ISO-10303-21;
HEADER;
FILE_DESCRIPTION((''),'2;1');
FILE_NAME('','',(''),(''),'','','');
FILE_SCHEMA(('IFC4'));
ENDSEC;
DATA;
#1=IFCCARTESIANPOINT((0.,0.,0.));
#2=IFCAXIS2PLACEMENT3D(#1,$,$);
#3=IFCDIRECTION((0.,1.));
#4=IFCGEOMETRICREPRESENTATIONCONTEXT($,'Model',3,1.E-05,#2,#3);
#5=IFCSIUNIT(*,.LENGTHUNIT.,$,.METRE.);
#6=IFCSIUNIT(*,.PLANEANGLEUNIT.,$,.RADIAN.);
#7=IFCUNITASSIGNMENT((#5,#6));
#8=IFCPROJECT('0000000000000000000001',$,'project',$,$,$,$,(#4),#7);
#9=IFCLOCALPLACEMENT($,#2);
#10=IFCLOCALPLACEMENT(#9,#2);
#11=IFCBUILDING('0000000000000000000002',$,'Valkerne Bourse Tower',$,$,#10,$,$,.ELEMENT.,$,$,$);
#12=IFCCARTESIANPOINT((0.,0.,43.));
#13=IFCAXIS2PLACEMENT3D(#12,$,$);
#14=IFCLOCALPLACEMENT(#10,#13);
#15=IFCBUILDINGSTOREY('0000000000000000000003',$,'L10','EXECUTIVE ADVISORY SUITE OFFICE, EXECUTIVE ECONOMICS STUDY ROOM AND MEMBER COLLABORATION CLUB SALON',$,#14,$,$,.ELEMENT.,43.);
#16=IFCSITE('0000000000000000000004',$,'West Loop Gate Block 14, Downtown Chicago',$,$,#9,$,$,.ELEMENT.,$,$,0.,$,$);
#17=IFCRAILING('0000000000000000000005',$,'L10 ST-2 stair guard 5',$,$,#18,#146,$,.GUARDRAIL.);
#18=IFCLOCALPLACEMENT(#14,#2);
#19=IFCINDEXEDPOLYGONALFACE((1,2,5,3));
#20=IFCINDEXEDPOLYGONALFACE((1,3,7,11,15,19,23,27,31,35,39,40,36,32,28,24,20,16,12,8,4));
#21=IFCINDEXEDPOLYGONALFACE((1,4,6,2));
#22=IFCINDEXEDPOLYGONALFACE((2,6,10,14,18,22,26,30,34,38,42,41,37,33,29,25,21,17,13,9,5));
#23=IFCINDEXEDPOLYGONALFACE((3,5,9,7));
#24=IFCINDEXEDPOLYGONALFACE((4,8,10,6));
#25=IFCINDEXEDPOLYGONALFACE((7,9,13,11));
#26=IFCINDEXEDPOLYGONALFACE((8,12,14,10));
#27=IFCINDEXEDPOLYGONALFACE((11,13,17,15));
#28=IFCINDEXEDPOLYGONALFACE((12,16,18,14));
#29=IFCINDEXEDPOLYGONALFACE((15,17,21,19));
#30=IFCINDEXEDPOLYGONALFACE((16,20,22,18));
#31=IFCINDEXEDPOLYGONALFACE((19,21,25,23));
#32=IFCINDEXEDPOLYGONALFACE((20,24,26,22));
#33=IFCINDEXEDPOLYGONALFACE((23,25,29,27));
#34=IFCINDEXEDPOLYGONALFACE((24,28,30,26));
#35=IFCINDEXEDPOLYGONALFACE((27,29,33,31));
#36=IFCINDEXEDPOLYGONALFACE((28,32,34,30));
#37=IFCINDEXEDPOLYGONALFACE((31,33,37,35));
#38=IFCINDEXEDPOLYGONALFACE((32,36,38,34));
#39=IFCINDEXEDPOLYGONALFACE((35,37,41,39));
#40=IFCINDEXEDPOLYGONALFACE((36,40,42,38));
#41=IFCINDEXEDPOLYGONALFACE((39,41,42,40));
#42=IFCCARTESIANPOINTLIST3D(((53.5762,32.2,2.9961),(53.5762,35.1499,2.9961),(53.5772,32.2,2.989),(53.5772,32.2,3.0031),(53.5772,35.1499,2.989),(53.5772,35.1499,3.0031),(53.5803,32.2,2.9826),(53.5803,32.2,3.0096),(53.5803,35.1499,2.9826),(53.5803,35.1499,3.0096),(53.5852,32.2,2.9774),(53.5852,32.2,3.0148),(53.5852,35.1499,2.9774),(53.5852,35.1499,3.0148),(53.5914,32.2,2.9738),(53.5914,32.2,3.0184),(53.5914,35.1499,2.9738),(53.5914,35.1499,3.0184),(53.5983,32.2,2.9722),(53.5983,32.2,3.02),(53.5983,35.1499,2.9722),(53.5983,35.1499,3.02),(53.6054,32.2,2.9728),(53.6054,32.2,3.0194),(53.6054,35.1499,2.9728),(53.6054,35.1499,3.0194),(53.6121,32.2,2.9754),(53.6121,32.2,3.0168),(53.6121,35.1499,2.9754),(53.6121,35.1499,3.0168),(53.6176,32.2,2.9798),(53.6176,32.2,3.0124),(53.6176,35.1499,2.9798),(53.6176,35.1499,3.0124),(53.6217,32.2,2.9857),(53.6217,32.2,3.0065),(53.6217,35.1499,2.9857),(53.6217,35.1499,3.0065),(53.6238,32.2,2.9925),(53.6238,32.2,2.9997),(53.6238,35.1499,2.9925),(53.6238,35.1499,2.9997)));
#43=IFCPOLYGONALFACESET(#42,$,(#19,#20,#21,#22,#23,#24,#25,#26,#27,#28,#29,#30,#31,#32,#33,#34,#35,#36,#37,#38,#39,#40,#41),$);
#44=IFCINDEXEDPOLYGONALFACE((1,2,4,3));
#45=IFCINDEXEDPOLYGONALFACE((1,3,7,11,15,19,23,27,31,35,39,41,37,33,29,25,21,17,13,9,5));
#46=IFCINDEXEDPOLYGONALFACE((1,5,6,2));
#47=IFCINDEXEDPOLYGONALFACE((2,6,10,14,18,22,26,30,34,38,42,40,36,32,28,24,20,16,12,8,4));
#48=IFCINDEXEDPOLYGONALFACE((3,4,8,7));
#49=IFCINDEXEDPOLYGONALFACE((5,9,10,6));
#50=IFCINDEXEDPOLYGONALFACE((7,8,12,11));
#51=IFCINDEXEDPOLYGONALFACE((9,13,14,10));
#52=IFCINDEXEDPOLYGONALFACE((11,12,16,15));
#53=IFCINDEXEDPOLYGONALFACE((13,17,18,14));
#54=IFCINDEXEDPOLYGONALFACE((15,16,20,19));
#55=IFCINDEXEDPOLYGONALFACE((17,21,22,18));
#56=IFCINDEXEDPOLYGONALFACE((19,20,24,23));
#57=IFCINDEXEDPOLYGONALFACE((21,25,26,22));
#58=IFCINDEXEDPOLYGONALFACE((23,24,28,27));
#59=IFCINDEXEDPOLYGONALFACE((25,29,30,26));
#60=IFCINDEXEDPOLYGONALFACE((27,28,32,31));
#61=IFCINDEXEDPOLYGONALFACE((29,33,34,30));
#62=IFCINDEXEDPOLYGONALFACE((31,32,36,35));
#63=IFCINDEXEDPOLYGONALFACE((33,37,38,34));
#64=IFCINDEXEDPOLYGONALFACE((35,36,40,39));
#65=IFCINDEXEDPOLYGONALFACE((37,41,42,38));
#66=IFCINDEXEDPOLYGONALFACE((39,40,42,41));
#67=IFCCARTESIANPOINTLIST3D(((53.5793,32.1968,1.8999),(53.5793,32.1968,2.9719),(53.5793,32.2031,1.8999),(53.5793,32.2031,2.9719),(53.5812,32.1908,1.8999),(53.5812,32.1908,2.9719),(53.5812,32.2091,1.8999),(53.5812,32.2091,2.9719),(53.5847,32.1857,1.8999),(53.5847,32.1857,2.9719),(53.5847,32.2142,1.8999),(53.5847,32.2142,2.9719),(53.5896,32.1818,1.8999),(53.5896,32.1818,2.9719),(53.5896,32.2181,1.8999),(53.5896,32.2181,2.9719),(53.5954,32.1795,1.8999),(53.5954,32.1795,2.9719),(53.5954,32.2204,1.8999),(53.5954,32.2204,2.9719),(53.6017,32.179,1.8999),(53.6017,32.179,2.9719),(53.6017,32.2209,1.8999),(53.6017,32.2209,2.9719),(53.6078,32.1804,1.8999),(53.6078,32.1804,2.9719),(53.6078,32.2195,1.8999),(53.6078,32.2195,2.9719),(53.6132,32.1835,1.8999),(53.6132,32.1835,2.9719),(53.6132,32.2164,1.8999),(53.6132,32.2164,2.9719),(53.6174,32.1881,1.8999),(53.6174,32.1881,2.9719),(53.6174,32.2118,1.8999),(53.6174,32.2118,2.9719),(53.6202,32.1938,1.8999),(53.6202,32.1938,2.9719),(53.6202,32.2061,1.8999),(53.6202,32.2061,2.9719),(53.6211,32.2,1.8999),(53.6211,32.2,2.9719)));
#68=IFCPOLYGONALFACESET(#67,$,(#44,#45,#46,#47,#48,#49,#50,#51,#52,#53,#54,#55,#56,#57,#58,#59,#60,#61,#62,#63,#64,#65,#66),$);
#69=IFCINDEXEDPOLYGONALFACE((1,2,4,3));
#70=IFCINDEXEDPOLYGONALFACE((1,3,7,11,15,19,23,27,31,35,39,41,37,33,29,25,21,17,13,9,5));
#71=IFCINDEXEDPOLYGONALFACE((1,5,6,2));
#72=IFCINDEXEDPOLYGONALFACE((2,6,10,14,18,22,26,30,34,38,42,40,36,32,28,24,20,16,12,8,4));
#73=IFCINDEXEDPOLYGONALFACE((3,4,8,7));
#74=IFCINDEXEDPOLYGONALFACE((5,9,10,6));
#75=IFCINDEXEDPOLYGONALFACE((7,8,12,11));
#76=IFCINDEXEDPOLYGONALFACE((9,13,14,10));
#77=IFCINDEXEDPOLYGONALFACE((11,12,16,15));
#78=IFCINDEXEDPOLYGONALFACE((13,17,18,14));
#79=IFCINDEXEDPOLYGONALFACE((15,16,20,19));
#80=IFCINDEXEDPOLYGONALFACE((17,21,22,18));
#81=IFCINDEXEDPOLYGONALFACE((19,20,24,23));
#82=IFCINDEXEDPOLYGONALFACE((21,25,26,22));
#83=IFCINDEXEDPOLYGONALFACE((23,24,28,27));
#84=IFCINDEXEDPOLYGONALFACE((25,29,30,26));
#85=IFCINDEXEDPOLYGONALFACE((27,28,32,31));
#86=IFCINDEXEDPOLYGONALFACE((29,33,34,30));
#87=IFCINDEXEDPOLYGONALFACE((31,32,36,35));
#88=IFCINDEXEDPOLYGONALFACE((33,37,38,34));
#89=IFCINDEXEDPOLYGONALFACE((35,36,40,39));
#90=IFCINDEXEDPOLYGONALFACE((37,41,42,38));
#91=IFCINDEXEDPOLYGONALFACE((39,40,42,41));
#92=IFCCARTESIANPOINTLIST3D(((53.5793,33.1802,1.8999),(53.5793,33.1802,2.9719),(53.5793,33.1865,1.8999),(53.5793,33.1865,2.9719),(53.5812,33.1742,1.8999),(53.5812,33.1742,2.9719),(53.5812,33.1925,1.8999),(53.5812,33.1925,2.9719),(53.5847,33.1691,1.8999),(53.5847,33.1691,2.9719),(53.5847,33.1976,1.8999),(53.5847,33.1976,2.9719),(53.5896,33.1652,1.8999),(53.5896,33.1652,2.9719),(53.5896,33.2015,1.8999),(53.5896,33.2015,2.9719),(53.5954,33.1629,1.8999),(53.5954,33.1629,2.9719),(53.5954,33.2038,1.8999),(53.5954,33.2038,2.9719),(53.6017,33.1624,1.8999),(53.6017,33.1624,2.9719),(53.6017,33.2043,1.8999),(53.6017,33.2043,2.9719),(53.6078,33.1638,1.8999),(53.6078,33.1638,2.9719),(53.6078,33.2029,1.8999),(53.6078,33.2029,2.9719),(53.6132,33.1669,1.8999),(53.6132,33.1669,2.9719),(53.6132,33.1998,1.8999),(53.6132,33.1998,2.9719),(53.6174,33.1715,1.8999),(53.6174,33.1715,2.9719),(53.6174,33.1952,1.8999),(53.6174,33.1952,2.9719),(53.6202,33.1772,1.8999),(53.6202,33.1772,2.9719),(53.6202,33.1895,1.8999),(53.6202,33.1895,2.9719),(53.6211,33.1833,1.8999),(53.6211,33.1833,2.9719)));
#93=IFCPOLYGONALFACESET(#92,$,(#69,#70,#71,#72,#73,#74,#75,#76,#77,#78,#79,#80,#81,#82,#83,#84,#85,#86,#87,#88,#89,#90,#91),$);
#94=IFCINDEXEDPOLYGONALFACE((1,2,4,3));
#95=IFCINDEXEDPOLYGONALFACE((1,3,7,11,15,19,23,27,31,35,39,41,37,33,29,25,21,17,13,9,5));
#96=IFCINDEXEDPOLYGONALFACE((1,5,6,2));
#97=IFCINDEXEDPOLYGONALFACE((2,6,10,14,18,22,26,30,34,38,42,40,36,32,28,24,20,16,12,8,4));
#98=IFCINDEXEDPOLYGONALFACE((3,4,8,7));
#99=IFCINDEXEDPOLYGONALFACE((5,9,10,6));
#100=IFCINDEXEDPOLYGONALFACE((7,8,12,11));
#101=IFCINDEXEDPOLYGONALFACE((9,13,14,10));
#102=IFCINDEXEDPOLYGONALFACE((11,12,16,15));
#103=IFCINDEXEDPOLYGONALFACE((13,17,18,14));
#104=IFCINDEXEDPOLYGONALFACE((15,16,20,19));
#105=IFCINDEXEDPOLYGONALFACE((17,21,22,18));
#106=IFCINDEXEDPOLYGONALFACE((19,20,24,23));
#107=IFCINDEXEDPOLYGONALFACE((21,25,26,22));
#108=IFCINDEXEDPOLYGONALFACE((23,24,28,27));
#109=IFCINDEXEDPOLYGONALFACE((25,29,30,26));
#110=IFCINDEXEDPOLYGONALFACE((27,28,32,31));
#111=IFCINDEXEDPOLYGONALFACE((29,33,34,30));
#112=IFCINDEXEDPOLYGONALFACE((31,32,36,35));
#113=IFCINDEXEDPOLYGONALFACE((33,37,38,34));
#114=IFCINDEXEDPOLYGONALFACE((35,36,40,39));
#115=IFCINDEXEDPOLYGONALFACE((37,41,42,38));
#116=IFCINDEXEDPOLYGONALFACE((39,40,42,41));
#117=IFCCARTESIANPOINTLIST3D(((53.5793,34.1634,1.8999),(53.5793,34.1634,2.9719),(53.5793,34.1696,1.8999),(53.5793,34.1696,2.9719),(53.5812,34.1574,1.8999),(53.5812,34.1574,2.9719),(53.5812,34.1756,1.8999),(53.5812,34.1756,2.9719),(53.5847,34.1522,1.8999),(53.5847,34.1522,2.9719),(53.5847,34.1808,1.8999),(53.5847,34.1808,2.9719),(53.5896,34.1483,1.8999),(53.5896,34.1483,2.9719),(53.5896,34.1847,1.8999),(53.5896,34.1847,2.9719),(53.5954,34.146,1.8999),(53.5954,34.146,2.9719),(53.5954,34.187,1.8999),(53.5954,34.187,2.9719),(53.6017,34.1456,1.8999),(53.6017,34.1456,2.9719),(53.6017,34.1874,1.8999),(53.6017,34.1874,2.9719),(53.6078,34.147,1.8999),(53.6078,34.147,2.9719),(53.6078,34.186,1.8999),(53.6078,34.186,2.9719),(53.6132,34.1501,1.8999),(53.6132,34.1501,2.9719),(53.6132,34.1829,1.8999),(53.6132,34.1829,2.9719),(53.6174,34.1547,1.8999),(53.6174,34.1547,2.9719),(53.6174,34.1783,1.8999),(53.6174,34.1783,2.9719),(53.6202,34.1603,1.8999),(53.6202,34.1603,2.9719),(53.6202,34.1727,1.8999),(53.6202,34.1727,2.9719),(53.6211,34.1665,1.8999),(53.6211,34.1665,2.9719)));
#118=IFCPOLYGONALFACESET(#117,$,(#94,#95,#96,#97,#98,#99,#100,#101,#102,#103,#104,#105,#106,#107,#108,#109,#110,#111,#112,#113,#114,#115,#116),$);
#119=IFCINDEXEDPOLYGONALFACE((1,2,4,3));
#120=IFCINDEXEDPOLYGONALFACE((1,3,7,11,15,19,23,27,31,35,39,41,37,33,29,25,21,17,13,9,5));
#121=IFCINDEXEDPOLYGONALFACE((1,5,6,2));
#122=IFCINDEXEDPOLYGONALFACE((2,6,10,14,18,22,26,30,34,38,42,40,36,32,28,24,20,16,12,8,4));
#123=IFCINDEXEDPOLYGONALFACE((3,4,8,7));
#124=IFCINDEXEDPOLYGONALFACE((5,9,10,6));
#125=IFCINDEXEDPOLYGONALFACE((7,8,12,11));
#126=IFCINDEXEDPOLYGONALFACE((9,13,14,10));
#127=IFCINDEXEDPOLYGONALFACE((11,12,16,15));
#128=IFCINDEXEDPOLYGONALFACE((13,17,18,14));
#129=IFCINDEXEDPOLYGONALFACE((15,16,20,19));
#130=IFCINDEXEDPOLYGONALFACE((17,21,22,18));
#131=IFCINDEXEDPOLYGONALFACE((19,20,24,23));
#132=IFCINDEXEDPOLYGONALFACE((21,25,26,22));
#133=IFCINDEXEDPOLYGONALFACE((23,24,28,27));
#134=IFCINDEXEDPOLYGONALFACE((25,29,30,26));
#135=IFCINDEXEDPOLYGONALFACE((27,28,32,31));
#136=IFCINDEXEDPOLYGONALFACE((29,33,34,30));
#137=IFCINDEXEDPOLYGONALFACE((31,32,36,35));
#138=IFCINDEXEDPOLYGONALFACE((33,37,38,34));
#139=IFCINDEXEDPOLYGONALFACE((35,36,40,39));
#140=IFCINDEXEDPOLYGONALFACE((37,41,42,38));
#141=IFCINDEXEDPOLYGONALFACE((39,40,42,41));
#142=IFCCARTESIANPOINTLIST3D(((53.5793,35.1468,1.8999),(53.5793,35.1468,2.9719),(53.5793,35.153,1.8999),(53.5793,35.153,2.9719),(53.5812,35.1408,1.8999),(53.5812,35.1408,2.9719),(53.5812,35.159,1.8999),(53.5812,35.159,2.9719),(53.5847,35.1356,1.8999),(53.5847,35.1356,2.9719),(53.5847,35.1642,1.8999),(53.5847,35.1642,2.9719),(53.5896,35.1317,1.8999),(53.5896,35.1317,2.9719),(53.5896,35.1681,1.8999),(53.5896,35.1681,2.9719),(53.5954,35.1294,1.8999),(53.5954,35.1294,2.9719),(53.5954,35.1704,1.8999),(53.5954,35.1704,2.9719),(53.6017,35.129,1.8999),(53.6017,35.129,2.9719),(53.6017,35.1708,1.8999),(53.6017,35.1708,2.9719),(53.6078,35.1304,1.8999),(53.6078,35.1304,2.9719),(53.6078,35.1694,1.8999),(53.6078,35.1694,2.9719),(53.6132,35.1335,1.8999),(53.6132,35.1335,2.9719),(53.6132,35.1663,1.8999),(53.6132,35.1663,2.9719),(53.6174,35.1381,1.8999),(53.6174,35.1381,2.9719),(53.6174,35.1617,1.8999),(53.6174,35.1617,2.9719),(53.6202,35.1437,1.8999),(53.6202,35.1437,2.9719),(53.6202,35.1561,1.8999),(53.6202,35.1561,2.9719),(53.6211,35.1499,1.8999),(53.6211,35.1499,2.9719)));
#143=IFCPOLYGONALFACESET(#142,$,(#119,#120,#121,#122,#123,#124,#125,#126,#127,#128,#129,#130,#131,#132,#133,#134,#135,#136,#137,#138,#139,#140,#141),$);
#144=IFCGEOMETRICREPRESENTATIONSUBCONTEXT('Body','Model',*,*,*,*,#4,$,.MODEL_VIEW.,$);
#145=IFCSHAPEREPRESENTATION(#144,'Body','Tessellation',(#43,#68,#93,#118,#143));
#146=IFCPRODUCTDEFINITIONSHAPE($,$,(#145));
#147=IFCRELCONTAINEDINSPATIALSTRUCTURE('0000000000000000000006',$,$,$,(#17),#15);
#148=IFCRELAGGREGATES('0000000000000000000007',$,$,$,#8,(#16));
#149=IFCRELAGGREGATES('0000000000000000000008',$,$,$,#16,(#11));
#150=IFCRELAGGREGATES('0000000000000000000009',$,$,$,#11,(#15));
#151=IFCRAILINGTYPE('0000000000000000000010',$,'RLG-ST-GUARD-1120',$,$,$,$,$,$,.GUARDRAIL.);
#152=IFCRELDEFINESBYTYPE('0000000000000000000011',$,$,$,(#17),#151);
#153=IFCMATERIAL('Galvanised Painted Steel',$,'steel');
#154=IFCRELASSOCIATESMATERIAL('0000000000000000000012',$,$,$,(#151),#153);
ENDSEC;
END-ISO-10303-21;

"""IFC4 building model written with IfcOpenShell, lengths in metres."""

from ifc_helpers import new_model, si_unit, direction, frame, origin, origin_2d, place, context, subcontext, project, spatial, circle, extrude, material, type_object, element, save


model = new_model("IFC4")

# Units and contexts
model_context = context("Model", 3, precision=1e-05, world=origin(), true_north=direction((0.0, 1.0)))
body_context = subcontext(model_context, "Body", "Model", "MODEL_VIEW")
ifc_project = project(units=[si_unit("LENGTHUNIT", "METRE"), si_unit("PLANEANGLEUNIT", "RADIAN")], contexts=[model_context])

# Site, building, storey
site_placement = place(None, origin())
site = spatial("IfcSite", under=ifc_project, at=site_placement, Name="West Loop Gate Block 14, Downtown Chicago", CompositionType="ELEMENT", RefElevation=0.0)
building_placement = place(site_placement, origin())
building = spatial("IfcBuilding", under=site, at=building_placement, Name="Valkerne Bourse Tower", CompositionType="ELEMENT")
storey_placement = place(building_placement, frame((0.0, 0.0, 43.0)))
storey = spatial("IfcBuildingStorey", under=building, at=storey_placement, Name="L10", Description="EXECUTIVE ADVISORY SUITE OFFICE, EXECUTIVE ECONOMICS STUDY ROOM AND MEMBER COLLABORATION CLUB SALON", CompositionType="ELEMENT", Elevation=43.0)

# Railing
ifc_material_1 = material(Name="Galvanised Painted Steel", Category="steel")
railing_type_1 = type_object("IfcRailingType", Name="RLG-ST-GUARD-1120", PredefinedType="GUARDRAIL", material=ifc_material_1)
railing_1_placement = place(storey_placement, frame((53.6001, 32.2, 1.8999)))
element("IfcRailing", 1, at=railing_1_placement, inside=storey, type_object=railing_type_1, Name="L10 ST-2 stair guard 5", PredefinedType="GUARDRAIL", context=body_context, shape_type="SweptSolid", body=[
    extrude(circle(Radius=0.0239, at=origin_2d()), frame((0.0, 0.0, 1.0962), z_axis=(0.0, 1.0, 0.0), x_axis=(-1.0, 0.0, 0.0)), (0.0, 0.0, 1.0), 2.95),
    extrude(circle(Radius=0.021, at=origin_2d()), origin(), (0.0, 0.0, 1.0), 1.072),
    extrude(circle(Radius=0.021, at=origin_2d()), frame((0.0, 0.9834, 0.0)), (0.0, 0.0, 1.0), 1.072),
    extrude(circle(Radius=0.021, at=origin_2d()), frame((0.0, 1.9666, 0.0)), (0.0, 0.0, 1.0), 1.072),
    extrude(circle(Radius=0.021, at=origin_2d()), frame((0.0, 2.95, 0.0)), (0.0, 0.0, 1.0), 1.072),
])

save(model, "model.ifc")
